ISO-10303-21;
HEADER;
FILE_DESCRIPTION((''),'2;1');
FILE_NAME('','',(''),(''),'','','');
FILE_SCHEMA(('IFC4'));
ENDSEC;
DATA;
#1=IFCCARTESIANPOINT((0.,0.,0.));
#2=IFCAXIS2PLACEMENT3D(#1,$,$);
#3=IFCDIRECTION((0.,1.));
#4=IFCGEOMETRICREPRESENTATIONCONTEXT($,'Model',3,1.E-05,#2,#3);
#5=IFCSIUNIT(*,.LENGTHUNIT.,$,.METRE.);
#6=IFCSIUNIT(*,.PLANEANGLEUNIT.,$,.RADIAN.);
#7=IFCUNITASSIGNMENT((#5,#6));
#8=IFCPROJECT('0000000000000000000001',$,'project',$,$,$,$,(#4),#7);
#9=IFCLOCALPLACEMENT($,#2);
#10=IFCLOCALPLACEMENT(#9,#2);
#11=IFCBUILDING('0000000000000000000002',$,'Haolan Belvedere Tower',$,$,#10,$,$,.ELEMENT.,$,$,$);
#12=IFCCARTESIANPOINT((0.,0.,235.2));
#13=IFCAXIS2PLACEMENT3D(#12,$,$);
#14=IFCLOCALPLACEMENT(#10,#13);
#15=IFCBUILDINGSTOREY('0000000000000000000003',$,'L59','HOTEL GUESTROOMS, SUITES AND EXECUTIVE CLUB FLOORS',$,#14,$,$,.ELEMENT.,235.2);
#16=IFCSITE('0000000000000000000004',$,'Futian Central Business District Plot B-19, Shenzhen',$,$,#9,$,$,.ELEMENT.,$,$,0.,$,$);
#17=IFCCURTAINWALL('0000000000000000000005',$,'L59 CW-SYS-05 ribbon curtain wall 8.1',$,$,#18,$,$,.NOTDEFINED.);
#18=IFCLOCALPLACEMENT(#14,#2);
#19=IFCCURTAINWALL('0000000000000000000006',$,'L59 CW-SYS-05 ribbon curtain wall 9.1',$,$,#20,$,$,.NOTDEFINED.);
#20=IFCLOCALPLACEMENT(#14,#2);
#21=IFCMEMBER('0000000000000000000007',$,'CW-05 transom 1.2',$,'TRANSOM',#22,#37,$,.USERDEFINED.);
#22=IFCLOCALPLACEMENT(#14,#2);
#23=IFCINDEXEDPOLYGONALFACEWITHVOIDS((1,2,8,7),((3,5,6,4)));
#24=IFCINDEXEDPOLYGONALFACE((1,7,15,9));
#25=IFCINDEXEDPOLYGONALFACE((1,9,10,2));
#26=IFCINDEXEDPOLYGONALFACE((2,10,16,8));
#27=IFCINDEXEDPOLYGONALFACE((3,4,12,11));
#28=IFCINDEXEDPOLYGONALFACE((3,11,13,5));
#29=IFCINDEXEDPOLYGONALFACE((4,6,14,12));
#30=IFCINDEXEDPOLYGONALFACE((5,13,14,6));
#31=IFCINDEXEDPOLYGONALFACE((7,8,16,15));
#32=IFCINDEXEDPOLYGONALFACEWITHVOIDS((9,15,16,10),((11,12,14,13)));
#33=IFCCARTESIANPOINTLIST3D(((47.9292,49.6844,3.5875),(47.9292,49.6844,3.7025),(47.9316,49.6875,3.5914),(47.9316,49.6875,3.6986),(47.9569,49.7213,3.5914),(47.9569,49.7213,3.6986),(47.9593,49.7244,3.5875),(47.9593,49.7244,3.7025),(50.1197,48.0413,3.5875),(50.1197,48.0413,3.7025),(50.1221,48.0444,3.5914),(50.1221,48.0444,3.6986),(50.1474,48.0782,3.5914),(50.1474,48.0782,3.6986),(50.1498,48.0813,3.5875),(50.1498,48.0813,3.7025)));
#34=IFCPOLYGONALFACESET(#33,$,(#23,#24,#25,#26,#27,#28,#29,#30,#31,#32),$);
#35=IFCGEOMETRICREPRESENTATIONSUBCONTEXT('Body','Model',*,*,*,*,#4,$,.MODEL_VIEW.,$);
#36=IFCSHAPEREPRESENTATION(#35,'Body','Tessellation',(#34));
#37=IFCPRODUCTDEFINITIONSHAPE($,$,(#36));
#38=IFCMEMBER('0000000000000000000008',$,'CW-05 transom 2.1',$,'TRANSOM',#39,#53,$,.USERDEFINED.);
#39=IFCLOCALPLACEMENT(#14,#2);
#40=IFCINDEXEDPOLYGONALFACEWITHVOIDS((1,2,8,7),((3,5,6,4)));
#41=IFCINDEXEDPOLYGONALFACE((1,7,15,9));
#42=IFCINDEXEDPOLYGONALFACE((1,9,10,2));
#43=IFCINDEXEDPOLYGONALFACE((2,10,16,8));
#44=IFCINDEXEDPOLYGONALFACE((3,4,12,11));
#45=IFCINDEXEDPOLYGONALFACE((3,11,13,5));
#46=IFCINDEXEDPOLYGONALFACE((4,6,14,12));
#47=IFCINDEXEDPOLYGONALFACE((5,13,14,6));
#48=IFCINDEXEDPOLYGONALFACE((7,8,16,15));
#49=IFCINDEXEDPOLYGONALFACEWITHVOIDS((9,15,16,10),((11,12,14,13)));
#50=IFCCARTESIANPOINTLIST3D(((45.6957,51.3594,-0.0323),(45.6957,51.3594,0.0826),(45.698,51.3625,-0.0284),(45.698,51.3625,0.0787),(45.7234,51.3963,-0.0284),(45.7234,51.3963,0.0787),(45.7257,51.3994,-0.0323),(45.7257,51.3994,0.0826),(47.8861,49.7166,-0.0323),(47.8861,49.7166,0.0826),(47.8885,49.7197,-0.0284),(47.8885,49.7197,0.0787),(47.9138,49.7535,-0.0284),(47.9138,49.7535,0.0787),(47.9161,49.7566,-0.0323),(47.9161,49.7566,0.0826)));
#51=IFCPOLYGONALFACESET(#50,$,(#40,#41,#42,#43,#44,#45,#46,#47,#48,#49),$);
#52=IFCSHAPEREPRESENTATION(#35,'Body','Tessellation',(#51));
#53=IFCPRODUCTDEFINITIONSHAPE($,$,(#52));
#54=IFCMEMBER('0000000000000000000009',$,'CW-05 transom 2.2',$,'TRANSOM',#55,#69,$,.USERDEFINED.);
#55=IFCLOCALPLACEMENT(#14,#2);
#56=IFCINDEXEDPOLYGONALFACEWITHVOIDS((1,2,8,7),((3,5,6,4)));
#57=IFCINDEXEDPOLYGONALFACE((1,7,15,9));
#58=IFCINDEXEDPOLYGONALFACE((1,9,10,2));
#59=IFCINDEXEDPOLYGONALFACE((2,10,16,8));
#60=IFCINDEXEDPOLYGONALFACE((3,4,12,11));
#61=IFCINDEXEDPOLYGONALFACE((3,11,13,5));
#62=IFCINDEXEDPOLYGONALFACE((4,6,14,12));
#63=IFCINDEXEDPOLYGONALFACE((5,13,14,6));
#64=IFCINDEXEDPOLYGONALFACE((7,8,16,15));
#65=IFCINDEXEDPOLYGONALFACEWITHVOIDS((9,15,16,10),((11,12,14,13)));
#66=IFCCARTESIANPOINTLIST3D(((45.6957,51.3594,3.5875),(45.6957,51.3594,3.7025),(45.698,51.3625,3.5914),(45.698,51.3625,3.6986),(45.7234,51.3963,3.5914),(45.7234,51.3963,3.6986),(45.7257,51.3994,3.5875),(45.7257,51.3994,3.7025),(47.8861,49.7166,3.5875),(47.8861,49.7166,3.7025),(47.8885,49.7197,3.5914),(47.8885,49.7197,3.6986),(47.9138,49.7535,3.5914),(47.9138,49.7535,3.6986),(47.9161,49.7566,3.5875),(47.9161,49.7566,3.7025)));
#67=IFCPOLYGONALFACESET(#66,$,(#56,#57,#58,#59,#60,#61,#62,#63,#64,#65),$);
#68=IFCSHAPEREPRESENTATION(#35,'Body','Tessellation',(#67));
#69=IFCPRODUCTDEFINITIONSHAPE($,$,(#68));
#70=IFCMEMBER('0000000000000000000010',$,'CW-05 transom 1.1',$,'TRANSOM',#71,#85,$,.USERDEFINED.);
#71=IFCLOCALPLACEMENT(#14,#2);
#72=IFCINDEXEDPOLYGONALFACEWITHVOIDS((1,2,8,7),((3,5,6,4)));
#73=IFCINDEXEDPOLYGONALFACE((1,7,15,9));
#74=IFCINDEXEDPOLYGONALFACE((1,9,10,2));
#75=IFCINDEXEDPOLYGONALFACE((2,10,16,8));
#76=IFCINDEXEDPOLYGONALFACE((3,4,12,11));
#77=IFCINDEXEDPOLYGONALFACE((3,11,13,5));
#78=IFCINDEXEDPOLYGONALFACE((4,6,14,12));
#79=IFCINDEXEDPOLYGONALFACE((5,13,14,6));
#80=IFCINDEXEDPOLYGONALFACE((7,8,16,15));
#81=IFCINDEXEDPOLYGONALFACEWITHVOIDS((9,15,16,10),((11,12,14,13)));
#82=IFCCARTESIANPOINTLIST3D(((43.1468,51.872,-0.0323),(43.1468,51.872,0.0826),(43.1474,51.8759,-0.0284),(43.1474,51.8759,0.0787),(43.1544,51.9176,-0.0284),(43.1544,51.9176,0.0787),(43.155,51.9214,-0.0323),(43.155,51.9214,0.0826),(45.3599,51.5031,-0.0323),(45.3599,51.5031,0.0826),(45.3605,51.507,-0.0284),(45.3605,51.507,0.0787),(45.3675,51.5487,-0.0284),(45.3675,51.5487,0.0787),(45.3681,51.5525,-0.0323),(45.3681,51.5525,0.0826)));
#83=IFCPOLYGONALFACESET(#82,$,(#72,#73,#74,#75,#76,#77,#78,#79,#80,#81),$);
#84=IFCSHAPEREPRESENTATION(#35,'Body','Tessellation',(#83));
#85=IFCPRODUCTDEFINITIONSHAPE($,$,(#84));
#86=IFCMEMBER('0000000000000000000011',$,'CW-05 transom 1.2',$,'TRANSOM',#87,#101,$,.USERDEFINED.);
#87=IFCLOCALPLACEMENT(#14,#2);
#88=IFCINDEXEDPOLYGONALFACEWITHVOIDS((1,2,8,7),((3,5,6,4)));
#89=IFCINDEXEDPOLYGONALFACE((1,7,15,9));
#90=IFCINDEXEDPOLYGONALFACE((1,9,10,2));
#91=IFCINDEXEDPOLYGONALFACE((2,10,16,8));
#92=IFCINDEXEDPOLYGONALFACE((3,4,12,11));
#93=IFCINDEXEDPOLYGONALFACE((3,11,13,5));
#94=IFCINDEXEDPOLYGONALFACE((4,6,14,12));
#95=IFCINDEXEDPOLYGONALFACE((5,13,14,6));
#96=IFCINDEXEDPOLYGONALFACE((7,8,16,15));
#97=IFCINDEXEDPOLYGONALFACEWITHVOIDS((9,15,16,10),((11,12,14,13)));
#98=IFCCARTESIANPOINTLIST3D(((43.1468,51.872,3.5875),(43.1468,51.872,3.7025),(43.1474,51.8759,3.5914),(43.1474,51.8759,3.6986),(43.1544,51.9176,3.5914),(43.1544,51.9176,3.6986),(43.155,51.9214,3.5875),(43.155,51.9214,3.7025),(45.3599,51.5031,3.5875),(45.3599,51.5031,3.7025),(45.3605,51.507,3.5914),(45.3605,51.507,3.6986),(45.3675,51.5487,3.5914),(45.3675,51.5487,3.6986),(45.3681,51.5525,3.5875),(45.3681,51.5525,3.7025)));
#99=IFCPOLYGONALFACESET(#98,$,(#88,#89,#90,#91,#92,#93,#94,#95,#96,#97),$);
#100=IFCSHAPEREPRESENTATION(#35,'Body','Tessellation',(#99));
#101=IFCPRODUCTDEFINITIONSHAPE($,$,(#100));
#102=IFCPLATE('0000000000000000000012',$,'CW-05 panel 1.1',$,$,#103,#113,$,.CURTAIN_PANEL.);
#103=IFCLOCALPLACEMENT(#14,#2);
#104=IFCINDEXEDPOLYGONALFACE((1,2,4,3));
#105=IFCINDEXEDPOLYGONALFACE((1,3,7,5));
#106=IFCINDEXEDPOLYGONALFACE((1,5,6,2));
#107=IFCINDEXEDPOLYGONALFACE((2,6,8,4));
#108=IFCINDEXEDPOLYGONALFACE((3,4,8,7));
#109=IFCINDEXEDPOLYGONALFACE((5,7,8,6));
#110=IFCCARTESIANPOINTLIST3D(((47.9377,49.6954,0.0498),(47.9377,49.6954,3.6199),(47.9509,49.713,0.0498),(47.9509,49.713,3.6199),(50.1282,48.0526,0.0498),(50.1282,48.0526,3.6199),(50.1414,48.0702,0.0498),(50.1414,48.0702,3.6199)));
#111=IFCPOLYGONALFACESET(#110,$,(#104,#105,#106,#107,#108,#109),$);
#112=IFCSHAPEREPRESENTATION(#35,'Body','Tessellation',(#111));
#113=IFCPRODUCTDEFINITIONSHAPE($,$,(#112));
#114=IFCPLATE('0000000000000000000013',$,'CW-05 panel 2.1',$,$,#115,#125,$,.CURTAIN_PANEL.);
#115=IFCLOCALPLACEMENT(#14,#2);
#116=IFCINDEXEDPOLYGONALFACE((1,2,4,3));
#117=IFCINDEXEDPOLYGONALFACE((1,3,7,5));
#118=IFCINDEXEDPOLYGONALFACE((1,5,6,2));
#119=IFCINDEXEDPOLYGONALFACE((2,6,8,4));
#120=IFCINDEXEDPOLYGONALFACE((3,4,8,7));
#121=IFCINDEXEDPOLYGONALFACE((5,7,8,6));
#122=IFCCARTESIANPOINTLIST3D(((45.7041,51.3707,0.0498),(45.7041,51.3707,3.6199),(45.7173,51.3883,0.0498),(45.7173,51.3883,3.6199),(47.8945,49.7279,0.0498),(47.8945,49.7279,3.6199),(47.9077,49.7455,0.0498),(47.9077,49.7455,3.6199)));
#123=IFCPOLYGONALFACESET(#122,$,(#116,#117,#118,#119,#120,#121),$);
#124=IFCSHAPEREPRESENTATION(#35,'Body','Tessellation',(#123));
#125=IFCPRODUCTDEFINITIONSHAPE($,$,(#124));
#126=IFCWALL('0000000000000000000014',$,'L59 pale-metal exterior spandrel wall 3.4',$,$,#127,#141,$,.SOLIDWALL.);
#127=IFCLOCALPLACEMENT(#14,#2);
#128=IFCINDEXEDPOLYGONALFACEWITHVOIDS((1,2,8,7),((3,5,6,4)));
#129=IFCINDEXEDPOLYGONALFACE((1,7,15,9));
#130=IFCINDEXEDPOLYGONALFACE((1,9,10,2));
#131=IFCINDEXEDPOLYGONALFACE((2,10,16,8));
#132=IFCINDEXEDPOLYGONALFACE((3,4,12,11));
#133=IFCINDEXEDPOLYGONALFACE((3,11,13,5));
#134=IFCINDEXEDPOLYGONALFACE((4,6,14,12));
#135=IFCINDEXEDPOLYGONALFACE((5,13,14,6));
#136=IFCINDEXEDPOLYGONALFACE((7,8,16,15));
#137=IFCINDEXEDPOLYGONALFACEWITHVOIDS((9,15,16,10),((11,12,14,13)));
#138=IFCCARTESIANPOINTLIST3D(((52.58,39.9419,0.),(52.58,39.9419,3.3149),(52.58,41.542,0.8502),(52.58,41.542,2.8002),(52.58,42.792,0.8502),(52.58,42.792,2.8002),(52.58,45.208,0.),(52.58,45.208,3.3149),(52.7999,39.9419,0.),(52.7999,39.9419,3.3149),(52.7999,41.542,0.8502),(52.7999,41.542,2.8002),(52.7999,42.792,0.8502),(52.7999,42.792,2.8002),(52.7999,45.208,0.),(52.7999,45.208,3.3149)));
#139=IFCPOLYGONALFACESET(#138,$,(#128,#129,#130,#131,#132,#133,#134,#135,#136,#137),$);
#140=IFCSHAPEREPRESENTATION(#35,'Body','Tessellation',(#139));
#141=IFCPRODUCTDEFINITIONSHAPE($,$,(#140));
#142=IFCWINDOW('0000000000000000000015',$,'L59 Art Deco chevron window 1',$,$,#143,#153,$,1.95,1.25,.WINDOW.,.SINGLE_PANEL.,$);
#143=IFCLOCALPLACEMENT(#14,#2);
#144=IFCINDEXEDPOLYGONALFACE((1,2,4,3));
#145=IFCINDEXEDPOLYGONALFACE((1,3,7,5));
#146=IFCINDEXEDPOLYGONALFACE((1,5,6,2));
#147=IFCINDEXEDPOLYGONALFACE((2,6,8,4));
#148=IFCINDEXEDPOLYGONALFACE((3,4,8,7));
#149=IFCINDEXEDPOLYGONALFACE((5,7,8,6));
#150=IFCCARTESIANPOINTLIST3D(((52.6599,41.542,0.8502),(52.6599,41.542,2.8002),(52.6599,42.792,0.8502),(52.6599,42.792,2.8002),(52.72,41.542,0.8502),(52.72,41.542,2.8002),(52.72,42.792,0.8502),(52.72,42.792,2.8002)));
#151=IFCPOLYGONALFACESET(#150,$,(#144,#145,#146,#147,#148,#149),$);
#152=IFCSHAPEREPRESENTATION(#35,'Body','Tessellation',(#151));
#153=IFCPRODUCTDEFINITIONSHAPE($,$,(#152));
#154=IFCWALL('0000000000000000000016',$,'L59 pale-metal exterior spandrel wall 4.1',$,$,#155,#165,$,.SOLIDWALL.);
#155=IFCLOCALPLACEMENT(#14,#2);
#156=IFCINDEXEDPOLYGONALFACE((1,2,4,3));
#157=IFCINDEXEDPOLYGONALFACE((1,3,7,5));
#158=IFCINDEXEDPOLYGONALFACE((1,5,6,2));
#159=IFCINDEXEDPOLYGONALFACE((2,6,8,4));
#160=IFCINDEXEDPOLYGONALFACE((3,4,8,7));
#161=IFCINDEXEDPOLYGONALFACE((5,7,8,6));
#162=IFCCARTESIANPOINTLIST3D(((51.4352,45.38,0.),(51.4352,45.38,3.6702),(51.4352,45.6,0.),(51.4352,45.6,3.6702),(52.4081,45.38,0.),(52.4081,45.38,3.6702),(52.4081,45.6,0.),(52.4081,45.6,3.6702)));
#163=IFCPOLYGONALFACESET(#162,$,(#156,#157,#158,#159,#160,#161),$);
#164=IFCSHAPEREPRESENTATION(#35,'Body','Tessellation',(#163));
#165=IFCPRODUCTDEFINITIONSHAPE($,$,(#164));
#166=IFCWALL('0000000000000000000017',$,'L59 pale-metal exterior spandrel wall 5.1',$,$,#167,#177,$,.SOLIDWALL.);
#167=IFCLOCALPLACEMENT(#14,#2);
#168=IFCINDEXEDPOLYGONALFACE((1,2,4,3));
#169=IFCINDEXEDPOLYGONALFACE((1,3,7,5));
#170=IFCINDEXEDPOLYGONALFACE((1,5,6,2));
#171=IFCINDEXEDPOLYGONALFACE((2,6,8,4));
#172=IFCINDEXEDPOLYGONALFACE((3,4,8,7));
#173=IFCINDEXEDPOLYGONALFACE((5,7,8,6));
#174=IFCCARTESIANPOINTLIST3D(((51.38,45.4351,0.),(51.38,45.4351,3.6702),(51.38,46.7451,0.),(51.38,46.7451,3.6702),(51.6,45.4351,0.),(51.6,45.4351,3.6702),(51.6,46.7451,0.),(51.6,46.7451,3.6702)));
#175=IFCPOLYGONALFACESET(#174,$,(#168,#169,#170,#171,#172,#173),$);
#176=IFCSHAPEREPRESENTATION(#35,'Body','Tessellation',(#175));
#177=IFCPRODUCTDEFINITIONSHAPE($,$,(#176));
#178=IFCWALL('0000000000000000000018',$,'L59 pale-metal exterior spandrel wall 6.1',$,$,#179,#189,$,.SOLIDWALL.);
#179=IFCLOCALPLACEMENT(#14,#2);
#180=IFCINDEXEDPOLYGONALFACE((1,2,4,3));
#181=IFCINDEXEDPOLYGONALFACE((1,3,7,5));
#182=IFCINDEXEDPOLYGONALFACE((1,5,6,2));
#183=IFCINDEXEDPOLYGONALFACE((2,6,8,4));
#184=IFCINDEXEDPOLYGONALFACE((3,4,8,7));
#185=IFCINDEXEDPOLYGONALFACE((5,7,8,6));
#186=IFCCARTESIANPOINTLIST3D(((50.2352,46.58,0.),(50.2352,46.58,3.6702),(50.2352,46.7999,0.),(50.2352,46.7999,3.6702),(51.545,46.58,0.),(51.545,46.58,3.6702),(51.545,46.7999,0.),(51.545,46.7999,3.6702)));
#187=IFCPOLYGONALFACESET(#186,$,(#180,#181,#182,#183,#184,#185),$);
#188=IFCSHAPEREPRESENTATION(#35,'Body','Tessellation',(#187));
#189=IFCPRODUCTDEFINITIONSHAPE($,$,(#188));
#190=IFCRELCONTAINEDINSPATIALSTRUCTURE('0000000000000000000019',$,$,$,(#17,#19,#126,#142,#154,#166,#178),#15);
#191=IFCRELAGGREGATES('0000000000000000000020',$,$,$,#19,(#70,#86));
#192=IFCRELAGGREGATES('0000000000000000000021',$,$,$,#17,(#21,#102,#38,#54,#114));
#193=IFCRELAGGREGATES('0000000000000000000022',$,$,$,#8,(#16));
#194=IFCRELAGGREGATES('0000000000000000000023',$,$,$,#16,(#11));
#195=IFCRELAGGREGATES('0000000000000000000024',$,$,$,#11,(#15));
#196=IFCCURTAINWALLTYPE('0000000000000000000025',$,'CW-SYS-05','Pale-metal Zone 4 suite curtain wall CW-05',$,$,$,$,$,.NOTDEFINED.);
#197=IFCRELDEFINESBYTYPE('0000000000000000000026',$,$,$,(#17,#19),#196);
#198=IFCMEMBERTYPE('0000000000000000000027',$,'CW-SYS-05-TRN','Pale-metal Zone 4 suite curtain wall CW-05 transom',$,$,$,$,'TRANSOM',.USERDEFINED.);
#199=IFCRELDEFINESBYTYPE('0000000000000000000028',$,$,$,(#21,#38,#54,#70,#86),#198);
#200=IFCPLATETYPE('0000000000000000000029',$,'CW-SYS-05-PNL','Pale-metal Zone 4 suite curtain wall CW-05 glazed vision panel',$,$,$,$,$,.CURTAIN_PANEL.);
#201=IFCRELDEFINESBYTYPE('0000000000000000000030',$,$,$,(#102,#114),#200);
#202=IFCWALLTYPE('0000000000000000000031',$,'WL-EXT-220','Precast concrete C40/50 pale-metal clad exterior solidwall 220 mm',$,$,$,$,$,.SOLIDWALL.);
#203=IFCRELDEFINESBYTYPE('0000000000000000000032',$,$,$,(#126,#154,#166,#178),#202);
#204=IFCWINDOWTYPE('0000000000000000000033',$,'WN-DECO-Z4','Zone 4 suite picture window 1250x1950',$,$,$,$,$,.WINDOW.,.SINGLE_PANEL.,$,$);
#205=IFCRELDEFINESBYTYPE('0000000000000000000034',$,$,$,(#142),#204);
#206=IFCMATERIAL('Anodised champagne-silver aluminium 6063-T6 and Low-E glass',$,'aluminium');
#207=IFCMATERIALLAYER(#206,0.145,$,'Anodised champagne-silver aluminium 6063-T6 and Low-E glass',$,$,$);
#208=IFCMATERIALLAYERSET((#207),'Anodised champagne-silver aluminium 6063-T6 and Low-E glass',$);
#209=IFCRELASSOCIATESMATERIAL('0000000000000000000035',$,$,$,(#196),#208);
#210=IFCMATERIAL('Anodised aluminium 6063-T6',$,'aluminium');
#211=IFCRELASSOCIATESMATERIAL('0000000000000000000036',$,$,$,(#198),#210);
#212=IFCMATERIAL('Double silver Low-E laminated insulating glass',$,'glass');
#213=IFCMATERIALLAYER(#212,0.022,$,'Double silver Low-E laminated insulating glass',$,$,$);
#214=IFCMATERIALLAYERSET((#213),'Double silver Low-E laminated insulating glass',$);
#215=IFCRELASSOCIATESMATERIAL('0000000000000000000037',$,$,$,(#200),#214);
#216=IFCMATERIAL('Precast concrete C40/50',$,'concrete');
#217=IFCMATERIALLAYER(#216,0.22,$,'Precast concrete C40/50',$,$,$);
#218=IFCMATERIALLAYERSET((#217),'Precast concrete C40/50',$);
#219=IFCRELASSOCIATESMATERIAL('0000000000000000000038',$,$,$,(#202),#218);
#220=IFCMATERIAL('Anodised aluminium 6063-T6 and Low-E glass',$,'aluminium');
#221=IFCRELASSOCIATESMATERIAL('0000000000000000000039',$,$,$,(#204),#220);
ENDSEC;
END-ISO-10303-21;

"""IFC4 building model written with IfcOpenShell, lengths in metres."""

from ifc_helpers import new_model, si_unit, direction, frame, frame_2d, origin, origin_2d, place, context, subcontext, project, spatial, rectangle, hollow_rectangle, extrude, material, layer, layer_set, material_profile, profile_set, type_object, element, fill, aggregate, save


model = new_model("IFC4")

# Units and contexts
model_context = context("Model", 3, precision=1e-05, world=origin(), true_north=direction((0.0, 1.0)))
body_context = subcontext(model_context, "Body", "Model", "MODEL_VIEW")
ifc_project = project(units=[si_unit("LENGTHUNIT", "METRE"), si_unit("PLANEANGLEUNIT", "RADIAN")], contexts=[model_context])

# Site, building, storey
site_placement = place(None, origin())
site = spatial("IfcSite", under=ifc_project, at=site_placement, Name="Futian Central Business District Plot B-19, Shenzhen", CompositionType="ELEMENT", RefElevation=0.0)
building_placement = place(site_placement, origin())
building = spatial("IfcBuilding", under=site, at=building_placement, Name="Haolan Belvedere Tower", CompositionType="ELEMENT")
storey_placement = place(building_placement, frame((0.0, 0.0, 235.2)))
storey = spatial("IfcBuildingStorey", under=building, at=storey_placement, Name="L59", Description="HOTEL GUESTROOMS, SUITES AND EXECUTIVE CLUB FLOORS", CompositionType="ELEMENT", Elevation=235.2)

# Curtain wall
ifc_material_1 = material(Name="Anodised champagne-silver aluminium 6063-T6 and Low-E glass", Category="aluminium")
ifc_layer_1 = layer(ifc_material_1, 0.145, Name="Anodised champagne-silver aluminium 6063-T6 and Low-E glass")
ifc_layer_set_1 = layer_set([ifc_layer_1], Name="Anodised champagne-silver aluminium 6063-T6 and Low-E glass")
curtain_wall_type = type_object("IfcCurtainWallType", Name="CW-SYS-05", Description="Pale-metal Zone 4 suite curtain wall CW-05", PredefinedType="NOTDEFINED", material=ifc_layer_set_1)
curtain_wall_1_placement = place(storey_placement, origin())
curtain_wall_1 = element("IfcCurtainWall", 1, at=curtain_wall_1_placement, inside=storey, type_object=curtain_wall_type, Name="L59 CW-SYS-05 ribbon curtain wall 8.1", PredefinedType="NOTDEFINED")
ifc_material_2 = material(Name="Anodised aluminium 6063-T6", Category="aluminium")

# Curtain wall
curtain_wall_2_placement = place(storey_placement, origin())
curtain_wall_2 = element("IfcCurtainWall", 2, at=curtain_wall_2_placement, inside=storey, type_object=curtain_wall_type, Name="L59 CW-SYS-05 ribbon curtain wall 9.1", PredefinedType="NOTDEFINED")

# Members
ifc_material_profile_1 = material_profile(ifc_material_2, hollow_rectangle(XDim=0.05, YDim=0.115, WallThickness=0.0039, at=origin_2d()), Name="Anodised aluminium 6063-T6")
ifc_profile_set_1 = profile_set([ifc_material_profile_1], Name="Anodised aluminium 6063-T6")
member_type_1 = type_object("IfcMemberType", Name="CW-SYS-05-TRN", Description="Pale-metal Zone 4 suite curtain wall CW-05 transom", ElementType="TRANSOM", PredefinedType="USERDEFINED", material=ifc_profile_set_1)
member_1_placement = place(storey_placement, frame((50.1348, 48.0613, 3.645), z_axis=(-0.799957, 0.600057, 0.0), x_axis=(-0.600057, -0.799957, 0.0)))
member_1 = element("IfcMember", 3, at=member_1_placement, type_object=member_type_1, Name="CW-05 transom 1.2", ObjectType="TRANSOM", PredefinedType="USERDEFINED", context=body_context, shape_type="SweptSolid", body=[
    extrude(hollow_rectangle(XDim=0.05, YDim=0.115, WallThickness=0.0039, at=origin_2d()), origin(), (0.0, 0.0, 1.0), 2.7383),
])
member_2_placement = place(storey_placement, frame((47.9011, 49.7366, 0.0251), z_axis=(-0.8, 0.6, 0.0), x_axis=(-0.6, -0.8, 0.0)))
member_2 = element("IfcMember", 4, at=member_2_placement, type_object=member_type_1, Name="CW-05 transom 2.1", ObjectType="TRANSOM", PredefinedType="USERDEFINED", context=body_context, shape_type="SweptSolid", body=[
    extrude(hollow_rectangle(XDim=0.05, YDim=0.115, WallThickness=0.0039, at=origin_2d()), origin(), (0.0, 0.0, 1.0), 2.738),
])
member_3_placement = place(storey_placement, frame((47.9011, 49.7366, 3.645), z_axis=(-0.8, 0.6, 0.0), x_axis=(-0.6, -0.8, 0.0)))
member_3 = element("IfcMember", 5, at=member_3_placement, type_object=member_type_1, Name="CW-05 transom 2.2", ObjectType="TRANSOM", PredefinedType="USERDEFINED", context=body_context, shape_type="SweptSolid", body=[
    extrude(hollow_rectangle(XDim=0.05, YDim=0.115, WallThickness=0.0039, at=origin_2d()), origin(), (0.0, 0.0, 1.0), 2.738),
])
member_4_placement = place(storey_placement, frame((45.364, 51.5278, 0.0251), z_axis=(-0.986391, 0.164417, 0.0), x_axis=(-0.164417, -0.986391, 0.0)))
member_4 = element("IfcMember", 6, at=member_4_placement, type_object=member_type_1, Name="CW-05 transom 1.1", ObjectType="TRANSOM", PredefinedType="USERDEFINED", context=body_context, shape_type="SweptSolid", body=[
    extrude(hollow_rectangle(XDim=0.05, YDim=0.115, WallThickness=0.0039, at=origin_2d()), origin(), (0.0, 0.0, 1.0), 2.2437),
])
member_5_placement = place(storey_placement, frame((45.364, 51.5278, 3.645), z_axis=(-0.986391, 0.164417, 0.0), x_axis=(-0.164417, -0.986391, 0.0)))
member_5 = element("IfcMember", 7, at=member_5_placement, type_object=member_type_1, Name="CW-05 transom 1.2", ObjectType="TRANSOM", PredefinedType="USERDEFINED", context=body_context, shape_type="SweptSolid", body=[
    extrude(hollow_rectangle(XDim=0.05, YDim=0.115, WallThickness=0.0039, at=origin_2d()), origin(), (0.0, 0.0, 1.0), 2.2437),
])
aggregate(curtain_wall_2, [member_4, member_5])

# Plates
ifc_material_3 = material(Name="Double silver Low-E laminated insulating glass", Category="glass")
ifc_layer_2 = layer(ifc_material_3, 0.022, Name="Double silver Low-E laminated insulating glass")
ifc_layer_set_2 = layer_set([ifc_layer_2], Name="Double silver Low-E laminated insulating glass")
plate_type = type_object("IfcPlateType", Name="CW-SYS-05-PNL", Description="Pale-metal Zone 4 suite curtain wall CW-05 glazed vision panel", PredefinedType="CURTAIN_PANEL", material=ifc_layer_set_2)
plate_1_placement = place(storey_placement, frame((49.0396, 48.8828, 0.0498), z_axis=(0.0, 0.0, 1.0), x_axis=(-0.799998, 0.600003, 0.0)))
plate_1 = element("IfcPlate", 8, at=plate_1_placement, type_object=plate_type, Name="CW-05 panel 1.1", PredefinedType="CURTAIN_PANEL", context=body_context, shape_type="SweptSolid", body=[
    extrude(rectangle(XDim=2.738, YDim=0.022, at=origin_2d()), origin(), (0.0, 0.0, 1.0), 3.5701),
])
plate_2_placement = place(storey_placement, frame((46.8059, 50.5581, 0.0498), z_axis=(0.0, 0.0, 1.0), x_axis=(-0.799998, 0.600003, 0.0)))
plate_2 = element("IfcPlate", 9, at=plate_2_placement, type_object=plate_type, Name="CW-05 panel 2.1", PredefinedType="CURTAIN_PANEL", context=body_context, shape_type="SweptSolid", body=[
    extrude(rectangle(XDim=2.738, YDim=0.022, at=origin_2d()), origin(), (0.0, 0.0, 1.0), 3.5701),
])
aggregate(curtain_wall_1, [member_1, plate_1, member_2, member_3, plate_2])

# Wall, opening, window
ifc_material_4 = material(Name="Precast concrete C40/50", Category="concrete")
ifc_layer_3 = layer(ifc_material_4, 0.22, Name="Precast concrete C40/50")
ifc_layer_set_3 = layer_set([ifc_layer_3], Name="Precast concrete C40/50")
wall_type_1 = type_object("IfcWallType", Name="WL-EXT-220", Description="Precast concrete C40/50 pale-metal clad exterior solidwall 220 mm", PredefinedType="SOLIDWALL", material=ifc_layer_set_3)
wall_1_placement = place(storey_placement, frame((52.6899, 39.9419, 0.0), z_axis=(0.0, 0.0, 1.0), x_axis=(0.0, 1.0, 0.0)))
wall_1 = element("IfcWall", 10, at=wall_1_placement, inside=storey, type_object=wall_type_1, Name="L59 pale-metal exterior spandrel wall 3.4", PredefinedType="SOLIDWALL", context=body_context, shape_type="SweptSolid", body=[
    extrude(rectangle(XDim=5.2661, YDim=0.22, at=frame_2d((2.6331, 0.0))), origin(), (0.0, 0.0, 1.0), 3.3149),
])
opening_1_placement = place(wall_1_placement, frame((1.6001, 0.0, 0.8501)))
opening_1 = element("IfcOpeningElement", 11, at=opening_1_placement, cuts=wall_1, PredefinedType="OPENING", context=body_context, shape_type="SweptSolid", body=[
    extrude(rectangle(XDim=1.25, YDim=1.95, at=frame_2d((0.625, 0.9751))), frame((0.0, 0.1199, 0.0), z_axis=(0.0, -1.0, 0.0), x_axis=(1.0, 0.0, 0.0)), (0.0, 0.0, 1.0), 0.24),
])
ifc_material_5 = material(Name="Anodised aluminium 6063-T6 and Low-E glass", Category="aluminium")
window_type = type_object("IfcWindowType", Name="WN-DECO-Z4", Description="Zone 4 suite picture window 1250x1950", PartitioningType="SINGLE_PANEL", PredefinedType="WINDOW", material=ifc_material_5)
window_placement = place(opening_1_placement, origin())
window = element("IfcWindow", 12, at=window_placement, inside=storey, type_object=window_type, Name="L59 Art Deco chevron window 1", OverallHeight=1.95, OverallWidth=1.25, PartitioningType="SINGLE_PANEL", PredefinedType="WINDOW", context=body_context, shape_type="SweptSolid", body=[
    extrude(rectangle(XDim=1.25, YDim=1.95, at=frame_2d((0.625, 0.9751))), frame((0.0, 0.03, 0.0), z_axis=(0.0, -1.0, 0.0), x_axis=(1.0, 0.0, 0.0)), (0.0, 0.0, 1.0), 0.0601),
])
fill(opening_1, window)

# Walls
wall_2_placement = place(storey_placement, frame((52.408, 45.49, 0.0), z_axis=(0.0, 0.0, 1.0), x_axis=(-1.0, 0.0, 0.0)))
element("IfcWall", 13, at=wall_2_placement, inside=storey, type_object=wall_type_1, Name="L59 pale-metal exterior spandrel wall 4.1", PredefinedType="SOLIDWALL", context=body_context, shape_type="SweptSolid", body=[
    extrude(rectangle(XDim=0.9729, YDim=0.22, at=frame_2d((0.4863, 0.0))), origin(), (0.0, 0.0, 1.0), 3.6702),
])
wall_3_placement = place(storey_placement, frame((51.49, 45.4351, 0.0), z_axis=(0.0, 0.0, 1.0), x_axis=(0.0, 1.0, 0.0)))
element("IfcWall", 14, at=wall_3_placement, inside=storey, type_object=wall_type_1, Name="L59 pale-metal exterior spandrel wall 5.1", PredefinedType="SOLIDWALL", context=body_context, shape_type="SweptSolid", body=[
    extrude(rectangle(XDim=1.3101, YDim=0.22, at=frame_2d((0.655, 0.0))), origin(), (0.0, 0.0, 1.0), 3.6702),
])
wall_4_placement = place(storey_placement, frame((51.5449, 46.6899, 0.0), z_axis=(0.0, 0.0, 1.0), x_axis=(-1.0, 0.0, 0.0)))
element("IfcWall", 15, at=wall_4_placement, inside=storey, type_object=wall_type_1, Name="L59 pale-metal exterior spandrel wall 6.1", PredefinedType="SOLIDWALL", context=body_context, shape_type="SweptSolid", body=[
    extrude(rectangle(XDim=1.3098, YDim=0.22, at=frame_2d((0.6548, 0.0))), origin(), (0.0, 0.0, 1.0), 3.6702),
])

save(model, "model.ifc")
